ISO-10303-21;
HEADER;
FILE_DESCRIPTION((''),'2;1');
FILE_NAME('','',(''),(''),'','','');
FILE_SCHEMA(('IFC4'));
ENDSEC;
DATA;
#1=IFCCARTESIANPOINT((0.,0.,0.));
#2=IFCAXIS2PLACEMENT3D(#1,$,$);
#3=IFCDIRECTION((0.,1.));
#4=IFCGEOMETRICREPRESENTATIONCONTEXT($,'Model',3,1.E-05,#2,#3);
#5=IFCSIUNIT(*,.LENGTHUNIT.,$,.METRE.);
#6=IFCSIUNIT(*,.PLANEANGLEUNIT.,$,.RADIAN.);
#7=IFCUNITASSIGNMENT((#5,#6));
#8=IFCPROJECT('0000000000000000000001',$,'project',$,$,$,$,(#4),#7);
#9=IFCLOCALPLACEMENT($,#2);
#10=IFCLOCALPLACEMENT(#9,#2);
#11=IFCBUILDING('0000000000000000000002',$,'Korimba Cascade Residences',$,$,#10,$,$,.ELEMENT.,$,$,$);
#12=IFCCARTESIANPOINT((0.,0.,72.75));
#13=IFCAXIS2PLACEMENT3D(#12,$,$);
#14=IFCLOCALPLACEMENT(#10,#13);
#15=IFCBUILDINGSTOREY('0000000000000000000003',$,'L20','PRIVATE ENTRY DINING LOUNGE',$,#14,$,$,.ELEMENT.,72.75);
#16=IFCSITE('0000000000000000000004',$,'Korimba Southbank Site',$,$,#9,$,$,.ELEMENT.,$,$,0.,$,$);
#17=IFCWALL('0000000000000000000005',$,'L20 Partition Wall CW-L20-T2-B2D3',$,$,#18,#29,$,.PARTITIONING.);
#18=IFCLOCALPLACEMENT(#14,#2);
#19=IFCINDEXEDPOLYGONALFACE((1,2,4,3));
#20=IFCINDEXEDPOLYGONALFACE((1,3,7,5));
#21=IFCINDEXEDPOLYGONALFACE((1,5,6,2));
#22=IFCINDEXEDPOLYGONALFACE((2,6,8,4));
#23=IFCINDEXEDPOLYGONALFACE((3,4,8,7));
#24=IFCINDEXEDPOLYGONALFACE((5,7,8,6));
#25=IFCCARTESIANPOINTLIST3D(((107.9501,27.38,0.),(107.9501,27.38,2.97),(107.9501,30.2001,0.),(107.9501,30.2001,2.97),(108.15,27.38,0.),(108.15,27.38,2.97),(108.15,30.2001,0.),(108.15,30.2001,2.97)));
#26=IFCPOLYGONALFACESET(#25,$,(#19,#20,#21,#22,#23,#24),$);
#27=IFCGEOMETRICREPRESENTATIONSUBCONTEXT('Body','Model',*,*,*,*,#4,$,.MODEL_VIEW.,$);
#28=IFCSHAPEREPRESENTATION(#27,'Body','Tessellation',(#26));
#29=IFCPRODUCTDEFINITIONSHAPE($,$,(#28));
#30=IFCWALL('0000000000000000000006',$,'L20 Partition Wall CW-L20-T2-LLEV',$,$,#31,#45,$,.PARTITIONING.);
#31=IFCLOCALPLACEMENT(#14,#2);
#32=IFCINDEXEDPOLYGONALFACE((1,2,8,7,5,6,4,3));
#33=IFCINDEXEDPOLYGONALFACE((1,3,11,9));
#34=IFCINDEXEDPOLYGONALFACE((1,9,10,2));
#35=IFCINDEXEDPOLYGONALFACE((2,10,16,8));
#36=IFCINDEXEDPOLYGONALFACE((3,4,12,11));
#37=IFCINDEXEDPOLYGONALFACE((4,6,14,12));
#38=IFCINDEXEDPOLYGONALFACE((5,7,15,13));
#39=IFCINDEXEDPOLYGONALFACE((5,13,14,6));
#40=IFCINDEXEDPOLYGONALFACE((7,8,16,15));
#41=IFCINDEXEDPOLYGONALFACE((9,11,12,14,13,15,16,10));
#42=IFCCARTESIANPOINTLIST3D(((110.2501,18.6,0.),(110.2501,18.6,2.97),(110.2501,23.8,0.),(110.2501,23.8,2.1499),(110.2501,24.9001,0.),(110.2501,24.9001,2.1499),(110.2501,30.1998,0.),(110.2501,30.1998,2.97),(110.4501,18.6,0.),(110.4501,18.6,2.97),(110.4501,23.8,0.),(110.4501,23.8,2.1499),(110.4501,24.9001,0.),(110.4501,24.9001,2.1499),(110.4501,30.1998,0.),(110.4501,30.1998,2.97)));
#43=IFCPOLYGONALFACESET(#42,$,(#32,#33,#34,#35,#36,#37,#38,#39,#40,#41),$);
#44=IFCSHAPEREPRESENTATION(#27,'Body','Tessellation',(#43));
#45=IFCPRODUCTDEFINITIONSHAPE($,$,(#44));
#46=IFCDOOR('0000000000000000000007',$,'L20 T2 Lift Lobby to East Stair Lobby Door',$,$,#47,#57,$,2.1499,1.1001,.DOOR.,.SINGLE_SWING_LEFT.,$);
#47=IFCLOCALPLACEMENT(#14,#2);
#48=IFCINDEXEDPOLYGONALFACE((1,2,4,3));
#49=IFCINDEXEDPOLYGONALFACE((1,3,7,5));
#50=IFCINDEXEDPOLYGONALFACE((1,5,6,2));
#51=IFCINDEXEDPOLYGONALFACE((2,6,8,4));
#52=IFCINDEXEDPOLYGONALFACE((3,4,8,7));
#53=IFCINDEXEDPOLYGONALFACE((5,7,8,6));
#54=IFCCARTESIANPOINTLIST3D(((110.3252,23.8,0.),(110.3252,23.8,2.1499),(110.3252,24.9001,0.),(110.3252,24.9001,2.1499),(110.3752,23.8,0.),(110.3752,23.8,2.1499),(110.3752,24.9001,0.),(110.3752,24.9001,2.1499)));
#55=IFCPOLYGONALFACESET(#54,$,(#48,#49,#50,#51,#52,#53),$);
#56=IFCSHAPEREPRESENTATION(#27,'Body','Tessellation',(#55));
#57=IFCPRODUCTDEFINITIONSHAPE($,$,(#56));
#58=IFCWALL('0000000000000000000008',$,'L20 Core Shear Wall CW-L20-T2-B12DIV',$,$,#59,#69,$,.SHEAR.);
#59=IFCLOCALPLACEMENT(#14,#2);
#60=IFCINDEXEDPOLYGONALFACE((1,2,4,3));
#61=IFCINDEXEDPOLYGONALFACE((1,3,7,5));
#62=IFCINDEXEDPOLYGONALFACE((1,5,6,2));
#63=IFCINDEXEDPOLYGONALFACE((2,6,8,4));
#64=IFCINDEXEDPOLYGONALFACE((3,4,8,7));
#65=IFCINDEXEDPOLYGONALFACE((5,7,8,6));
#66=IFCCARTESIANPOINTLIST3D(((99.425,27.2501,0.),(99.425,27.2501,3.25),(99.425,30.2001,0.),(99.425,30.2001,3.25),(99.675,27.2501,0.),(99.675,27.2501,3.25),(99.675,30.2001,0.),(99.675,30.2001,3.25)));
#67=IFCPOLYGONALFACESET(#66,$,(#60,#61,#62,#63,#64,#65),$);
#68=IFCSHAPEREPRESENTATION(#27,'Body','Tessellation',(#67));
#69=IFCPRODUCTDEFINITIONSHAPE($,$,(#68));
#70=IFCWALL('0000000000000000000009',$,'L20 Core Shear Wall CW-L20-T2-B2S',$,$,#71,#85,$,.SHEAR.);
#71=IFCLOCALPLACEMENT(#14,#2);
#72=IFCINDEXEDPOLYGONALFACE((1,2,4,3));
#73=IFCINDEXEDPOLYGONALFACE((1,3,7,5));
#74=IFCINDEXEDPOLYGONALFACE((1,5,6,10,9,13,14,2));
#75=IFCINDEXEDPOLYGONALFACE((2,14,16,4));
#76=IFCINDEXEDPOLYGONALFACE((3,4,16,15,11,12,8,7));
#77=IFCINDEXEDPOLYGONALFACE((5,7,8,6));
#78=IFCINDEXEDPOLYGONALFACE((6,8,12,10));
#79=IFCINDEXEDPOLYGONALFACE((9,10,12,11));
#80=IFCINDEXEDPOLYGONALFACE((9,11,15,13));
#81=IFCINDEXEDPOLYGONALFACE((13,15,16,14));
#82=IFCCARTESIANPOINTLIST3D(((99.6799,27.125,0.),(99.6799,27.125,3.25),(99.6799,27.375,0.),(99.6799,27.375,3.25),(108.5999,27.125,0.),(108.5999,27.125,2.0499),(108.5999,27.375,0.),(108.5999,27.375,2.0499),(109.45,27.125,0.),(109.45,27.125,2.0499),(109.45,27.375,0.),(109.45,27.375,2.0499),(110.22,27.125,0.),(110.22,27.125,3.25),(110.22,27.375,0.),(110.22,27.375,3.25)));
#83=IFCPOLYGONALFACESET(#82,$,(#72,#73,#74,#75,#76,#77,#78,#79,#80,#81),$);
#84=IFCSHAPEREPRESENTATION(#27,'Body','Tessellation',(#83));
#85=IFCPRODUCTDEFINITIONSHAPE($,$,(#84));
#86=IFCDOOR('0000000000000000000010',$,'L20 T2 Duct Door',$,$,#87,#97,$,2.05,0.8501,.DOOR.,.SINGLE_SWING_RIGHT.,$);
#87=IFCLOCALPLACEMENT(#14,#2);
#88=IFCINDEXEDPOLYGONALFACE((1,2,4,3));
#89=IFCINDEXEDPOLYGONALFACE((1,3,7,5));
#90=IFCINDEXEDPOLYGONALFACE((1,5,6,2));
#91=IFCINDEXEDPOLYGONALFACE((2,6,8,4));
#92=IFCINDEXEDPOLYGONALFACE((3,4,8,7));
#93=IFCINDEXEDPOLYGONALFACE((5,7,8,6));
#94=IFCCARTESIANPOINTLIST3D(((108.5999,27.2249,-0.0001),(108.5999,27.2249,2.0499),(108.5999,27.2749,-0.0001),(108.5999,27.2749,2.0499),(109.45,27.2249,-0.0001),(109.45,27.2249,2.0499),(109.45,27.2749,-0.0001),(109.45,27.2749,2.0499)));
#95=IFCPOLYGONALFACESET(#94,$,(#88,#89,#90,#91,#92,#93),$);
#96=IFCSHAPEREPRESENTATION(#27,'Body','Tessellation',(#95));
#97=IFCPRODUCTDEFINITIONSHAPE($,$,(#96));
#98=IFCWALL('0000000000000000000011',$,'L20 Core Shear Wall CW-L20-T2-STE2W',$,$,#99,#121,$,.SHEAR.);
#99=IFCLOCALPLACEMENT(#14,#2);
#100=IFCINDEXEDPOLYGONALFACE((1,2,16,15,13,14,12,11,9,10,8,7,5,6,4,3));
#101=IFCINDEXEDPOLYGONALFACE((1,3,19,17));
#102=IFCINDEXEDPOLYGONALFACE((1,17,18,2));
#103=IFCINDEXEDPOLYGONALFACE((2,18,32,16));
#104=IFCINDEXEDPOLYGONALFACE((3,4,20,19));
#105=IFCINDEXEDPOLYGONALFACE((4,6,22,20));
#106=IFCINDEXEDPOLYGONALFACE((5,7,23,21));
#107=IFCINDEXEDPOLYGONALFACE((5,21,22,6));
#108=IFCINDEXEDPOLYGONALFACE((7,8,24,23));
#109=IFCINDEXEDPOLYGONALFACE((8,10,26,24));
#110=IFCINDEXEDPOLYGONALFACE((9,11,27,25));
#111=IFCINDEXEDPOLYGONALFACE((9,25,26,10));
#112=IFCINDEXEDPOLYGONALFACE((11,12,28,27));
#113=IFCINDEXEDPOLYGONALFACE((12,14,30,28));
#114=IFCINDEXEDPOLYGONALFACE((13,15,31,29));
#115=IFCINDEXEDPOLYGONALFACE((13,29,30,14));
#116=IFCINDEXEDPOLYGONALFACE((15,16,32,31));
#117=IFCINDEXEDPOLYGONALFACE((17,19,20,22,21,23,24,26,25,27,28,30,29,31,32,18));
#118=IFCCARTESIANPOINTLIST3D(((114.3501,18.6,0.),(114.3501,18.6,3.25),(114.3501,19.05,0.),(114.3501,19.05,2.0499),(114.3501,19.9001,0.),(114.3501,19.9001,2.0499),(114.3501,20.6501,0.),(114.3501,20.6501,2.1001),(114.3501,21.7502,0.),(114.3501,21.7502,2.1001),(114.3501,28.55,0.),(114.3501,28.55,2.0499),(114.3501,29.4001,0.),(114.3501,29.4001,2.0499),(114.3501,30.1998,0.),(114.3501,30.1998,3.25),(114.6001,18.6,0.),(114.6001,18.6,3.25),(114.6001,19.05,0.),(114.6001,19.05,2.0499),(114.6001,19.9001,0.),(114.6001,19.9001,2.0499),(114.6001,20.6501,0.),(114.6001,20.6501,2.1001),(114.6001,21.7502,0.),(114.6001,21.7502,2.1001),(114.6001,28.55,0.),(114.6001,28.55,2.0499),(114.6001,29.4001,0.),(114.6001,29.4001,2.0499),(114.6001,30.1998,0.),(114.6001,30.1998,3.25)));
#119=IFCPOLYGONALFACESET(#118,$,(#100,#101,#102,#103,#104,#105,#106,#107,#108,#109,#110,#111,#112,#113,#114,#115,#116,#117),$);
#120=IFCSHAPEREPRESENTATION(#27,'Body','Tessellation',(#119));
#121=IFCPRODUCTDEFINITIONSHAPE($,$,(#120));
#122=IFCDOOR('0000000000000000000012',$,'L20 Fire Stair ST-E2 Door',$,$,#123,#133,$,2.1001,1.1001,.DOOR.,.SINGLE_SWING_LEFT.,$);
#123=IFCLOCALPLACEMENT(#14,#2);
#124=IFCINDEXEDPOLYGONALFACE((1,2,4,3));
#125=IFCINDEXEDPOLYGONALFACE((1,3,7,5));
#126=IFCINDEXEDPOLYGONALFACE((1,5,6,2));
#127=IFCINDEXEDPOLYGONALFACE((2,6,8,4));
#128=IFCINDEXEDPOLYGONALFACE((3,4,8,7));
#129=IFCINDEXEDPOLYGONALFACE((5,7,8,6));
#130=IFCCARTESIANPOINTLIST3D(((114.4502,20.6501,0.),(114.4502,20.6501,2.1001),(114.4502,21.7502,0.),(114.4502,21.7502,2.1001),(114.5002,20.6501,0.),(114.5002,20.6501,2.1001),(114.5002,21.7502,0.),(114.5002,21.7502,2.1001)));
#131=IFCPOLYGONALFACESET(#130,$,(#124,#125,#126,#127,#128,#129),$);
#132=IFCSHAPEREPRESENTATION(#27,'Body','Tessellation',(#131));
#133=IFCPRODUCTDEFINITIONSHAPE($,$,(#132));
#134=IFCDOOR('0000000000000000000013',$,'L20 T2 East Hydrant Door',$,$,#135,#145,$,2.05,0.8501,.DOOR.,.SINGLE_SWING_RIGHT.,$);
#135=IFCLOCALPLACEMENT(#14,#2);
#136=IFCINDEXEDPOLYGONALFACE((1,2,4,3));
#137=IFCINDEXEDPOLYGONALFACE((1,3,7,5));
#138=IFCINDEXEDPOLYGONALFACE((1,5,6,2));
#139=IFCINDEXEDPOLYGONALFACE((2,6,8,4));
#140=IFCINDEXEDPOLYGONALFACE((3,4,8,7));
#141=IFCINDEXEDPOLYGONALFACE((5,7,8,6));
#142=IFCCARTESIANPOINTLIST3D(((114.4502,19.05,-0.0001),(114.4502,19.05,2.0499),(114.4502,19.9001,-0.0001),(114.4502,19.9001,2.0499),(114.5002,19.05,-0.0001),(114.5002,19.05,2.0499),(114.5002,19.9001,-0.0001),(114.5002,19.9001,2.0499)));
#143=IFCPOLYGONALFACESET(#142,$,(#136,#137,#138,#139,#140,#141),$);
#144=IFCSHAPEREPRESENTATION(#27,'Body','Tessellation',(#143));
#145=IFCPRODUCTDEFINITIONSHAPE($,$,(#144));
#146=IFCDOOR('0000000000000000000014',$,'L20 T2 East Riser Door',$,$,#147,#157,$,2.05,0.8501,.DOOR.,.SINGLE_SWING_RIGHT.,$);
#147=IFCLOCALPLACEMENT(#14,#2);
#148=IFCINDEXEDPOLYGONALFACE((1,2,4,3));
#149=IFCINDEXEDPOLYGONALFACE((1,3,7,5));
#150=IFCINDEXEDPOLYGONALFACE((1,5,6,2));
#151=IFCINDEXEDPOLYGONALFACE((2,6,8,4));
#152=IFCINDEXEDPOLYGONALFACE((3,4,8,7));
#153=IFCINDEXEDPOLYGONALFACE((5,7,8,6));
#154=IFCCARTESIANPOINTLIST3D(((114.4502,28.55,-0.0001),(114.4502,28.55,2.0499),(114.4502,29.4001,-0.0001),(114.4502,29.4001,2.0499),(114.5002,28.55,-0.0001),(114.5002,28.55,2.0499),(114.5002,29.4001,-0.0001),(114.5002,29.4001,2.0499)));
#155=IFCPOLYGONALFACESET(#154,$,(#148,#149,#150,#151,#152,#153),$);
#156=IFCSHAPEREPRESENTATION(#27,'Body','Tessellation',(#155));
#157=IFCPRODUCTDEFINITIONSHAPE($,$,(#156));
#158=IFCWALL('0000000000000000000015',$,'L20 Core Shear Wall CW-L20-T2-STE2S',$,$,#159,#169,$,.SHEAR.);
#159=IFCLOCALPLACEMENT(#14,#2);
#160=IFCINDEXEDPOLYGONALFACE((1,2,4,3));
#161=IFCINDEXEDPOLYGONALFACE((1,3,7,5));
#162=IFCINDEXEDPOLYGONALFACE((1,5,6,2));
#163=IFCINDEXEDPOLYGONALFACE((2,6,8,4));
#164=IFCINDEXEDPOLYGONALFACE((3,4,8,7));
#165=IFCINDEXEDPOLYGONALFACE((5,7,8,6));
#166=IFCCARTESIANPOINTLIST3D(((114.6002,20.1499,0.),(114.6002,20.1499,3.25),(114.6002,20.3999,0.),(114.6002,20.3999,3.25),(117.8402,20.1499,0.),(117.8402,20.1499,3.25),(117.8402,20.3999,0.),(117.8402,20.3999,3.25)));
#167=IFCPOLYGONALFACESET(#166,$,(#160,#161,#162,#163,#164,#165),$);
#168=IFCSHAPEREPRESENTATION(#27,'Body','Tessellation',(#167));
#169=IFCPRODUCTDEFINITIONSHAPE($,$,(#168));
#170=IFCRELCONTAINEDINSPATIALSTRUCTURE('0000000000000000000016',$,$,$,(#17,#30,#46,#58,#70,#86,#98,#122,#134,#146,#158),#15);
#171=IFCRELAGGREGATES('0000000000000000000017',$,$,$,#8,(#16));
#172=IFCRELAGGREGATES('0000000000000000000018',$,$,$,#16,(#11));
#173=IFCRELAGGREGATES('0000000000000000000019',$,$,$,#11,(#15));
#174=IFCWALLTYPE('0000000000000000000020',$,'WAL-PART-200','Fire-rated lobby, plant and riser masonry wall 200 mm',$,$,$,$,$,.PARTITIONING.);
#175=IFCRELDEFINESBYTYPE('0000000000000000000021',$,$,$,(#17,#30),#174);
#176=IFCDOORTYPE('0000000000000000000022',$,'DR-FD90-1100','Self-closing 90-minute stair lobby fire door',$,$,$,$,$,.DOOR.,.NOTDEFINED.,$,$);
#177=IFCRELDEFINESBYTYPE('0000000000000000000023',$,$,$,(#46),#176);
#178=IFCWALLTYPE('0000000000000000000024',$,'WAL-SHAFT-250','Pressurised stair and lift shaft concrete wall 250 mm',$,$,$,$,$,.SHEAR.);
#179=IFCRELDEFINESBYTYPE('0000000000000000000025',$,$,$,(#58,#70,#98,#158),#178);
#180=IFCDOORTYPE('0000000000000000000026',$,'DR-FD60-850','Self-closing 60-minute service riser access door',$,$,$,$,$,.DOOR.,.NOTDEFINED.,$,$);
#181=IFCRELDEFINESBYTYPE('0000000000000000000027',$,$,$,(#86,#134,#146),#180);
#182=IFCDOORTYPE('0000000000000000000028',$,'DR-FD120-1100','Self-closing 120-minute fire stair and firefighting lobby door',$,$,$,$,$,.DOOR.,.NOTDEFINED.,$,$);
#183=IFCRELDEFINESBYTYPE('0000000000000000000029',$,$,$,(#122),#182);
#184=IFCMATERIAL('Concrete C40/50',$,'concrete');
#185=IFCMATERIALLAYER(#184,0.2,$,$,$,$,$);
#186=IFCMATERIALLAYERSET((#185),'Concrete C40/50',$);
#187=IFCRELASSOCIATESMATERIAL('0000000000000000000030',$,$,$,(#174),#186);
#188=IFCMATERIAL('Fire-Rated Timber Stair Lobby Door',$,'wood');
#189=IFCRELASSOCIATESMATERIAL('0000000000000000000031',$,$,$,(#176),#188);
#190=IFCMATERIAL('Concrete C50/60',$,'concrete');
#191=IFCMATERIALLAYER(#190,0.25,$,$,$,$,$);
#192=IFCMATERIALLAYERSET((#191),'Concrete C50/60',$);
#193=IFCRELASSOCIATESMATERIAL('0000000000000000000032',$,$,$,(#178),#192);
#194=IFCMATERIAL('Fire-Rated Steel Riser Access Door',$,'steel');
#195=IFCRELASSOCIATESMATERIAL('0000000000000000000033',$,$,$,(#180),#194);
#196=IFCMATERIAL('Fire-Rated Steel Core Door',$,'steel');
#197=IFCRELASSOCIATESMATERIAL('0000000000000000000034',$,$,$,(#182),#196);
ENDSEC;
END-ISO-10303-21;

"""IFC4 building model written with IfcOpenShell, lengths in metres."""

from ifc_helpers import new_model, si_unit, direction, frame, frame_2d, origin, place, context, subcontext, project, spatial, rectangle, extrude, material, layer, layer_set, type_object, element, fill, save


model = new_model("IFC4")

# Units and contexts
model_context = context("Model", 3, precision=1e-05, world=origin(), true_north=direction((0.0, 1.0)))
body_context = subcontext(model_context, "Body", "Model", "MODEL_VIEW")
ifc_project = project(units=[si_unit("LENGTHUNIT", "METRE"), si_unit("PLANEANGLEUNIT", "RADIAN")], contexts=[model_context])

# Site, building, storey
site_placement = place(None, origin())
site = spatial("IfcSite", under=ifc_project, at=site_placement, Name="Korimba Southbank Site", CompositionType="ELEMENT", RefElevation=0.0)
building_placement = place(site_placement, origin())
building = spatial("IfcBuilding", under=site, at=building_placement, Name="Korimba Cascade Residences", CompositionType="ELEMENT")
storey_placement = place(building_placement, frame((0.0, 0.0, 72.75)))
storey = spatial("IfcBuildingStorey", under=building, at=storey_placement, Name="L20", Description="PRIVATE ENTRY DINING LOUNGE", CompositionType="ELEMENT", Elevation=72.75)

# Shared definitions
ifc_material_1 = material(Name="Concrete C50/60", Category="concrete")

# Wall
ifc_material_2 = material(Name="Concrete C40/50", Category="concrete")
ifc_layer_1 = layer(ifc_material_2, 0.2)
ifc_layer_set_1 = layer_set([ifc_layer_1], Name="Concrete C40/50")
wall_type_1 = type_object("IfcWallType", Name="WAL-PART-200", Description="Fire-rated lobby, plant and riser masonry wall 200 mm", PredefinedType="PARTITIONING", material=ifc_layer_set_1)
for number, where, z_axis, x_axis, name in (
    (1, (108.05, 27.3799, 0.0), (0.0, 0.0, 1.0), (0.0, 1.0, 0.0), "L20 Partition Wall CW-L20-T2-B2D3"),
):
    element("IfcWall", number, at=place(storey_placement, frame(where, z_axis=z_axis, x_axis=x_axis)), inside=storey, type_object=wall_type_1, Name=name, PredefinedType="PARTITIONING", context=body_context, shape_type="SweptSolid", body=[
        extrude(rectangle(XDim=2.8201, YDim=0.2, at=frame_2d((1.4102, 0.0))), origin(), (0.0, 0.0, 1.0), 2.97),
    ])

# Wall, opening, door
wall_1_placement = place(storey_placement, frame((110.3501, 18.6001, 0.0), z_axis=(0.0, 0.0, 1.0), x_axis=(0.0, 1.0, 0.0)))
wall_1 = element("IfcWall", 2, at=wall_1_placement, inside=storey, type_object=wall_type_1, Name="L20 Partition Wall CW-L20-T2-LLEV", PredefinedType="PARTITIONING", context=body_context, shape_type="SweptSolid", body=[
    extrude(rectangle(XDim=11.5999, YDim=0.2, at=frame_2d((5.7998, 0.0))), origin(), (0.0, 0.0, 1.0), 2.97),
])
opening_1_placement = place(wall_1_placement, frame((5.2, 0.0, 0.0)))
opening_1 = element("IfcOpeningElement", 3, at=opening_1_placement, cuts=wall_1, PredefinedType="OPENING", context=body_context, shape_type="SweptSolid", body=[
    extrude(rectangle(XDim=1.1001, YDim=2.1499, at=frame_2d((0.55, 1.075))), frame((0.0, 0.1099, 0.0), z_axis=(0.0, -1.0, 0.0), x_axis=(1.0, 0.0, 0.0)), (0.0, 0.0, 1.0), 0.22),
])
ifc_material_3 = material(Name="Fire-Rated Timber Stair Lobby Door", Category="wood")
door_type_1 = type_object("IfcDoorType", Name="DR-FD90-1100", Description="Self-closing 90-minute stair lobby fire door", OperationType="NOTDEFINED", PredefinedType="DOOR", material=ifc_material_3)
door_1_placement = place(opening_1_placement, origin())
door_1 = element("IfcDoor", 4, at=door_1_placement, inside=storey, type_object=door_type_1, Name="L20 T2 Lift Lobby to East Stair Lobby Door", OperationType="SINGLE_SWING_LEFT", OverallHeight=2.1499, OverallWidth=1.1001, PredefinedType="DOOR", context=body_context, shape_type="SweptSolid", body=[
    extrude(rectangle(XDim=1.1001, YDim=2.1499, at=frame_2d((0.55, 1.075))), frame((0.0, 0.0249, 0.0), z_axis=(0.0, -1.0, 0.0), x_axis=(1.0, 0.0, 0.0)), (0.0, 0.0, 1.0), 0.05),
])
fill(opening_1, door_1)

# Wall
ifc_layer_2 = layer(ifc_material_1, 0.25)
ifc_layer_set_2 = layer_set([ifc_layer_2], Name="Concrete C50/60")
wall_type_2 = type_object("IfcWallType", Name="WAL-SHAFT-250", Description="Pressurised stair and lift shaft concrete wall 250 mm", PredefinedType="SHEAR", material=ifc_layer_set_2)
wall_2_placement = place(storey_placement, frame((99.55, 27.25, 0.0), z_axis=(0.0, 0.0, 1.0), x_axis=(0.0, 1.0, 0.0)))
element("IfcWall", 5, at=wall_2_placement, inside=storey, type_object=wall_type_2, Name="L20 Core Shear Wall CW-L20-T2-B12DIV", PredefinedType="SHEAR", context=body_context, shape_type="SweptSolid", body=[
    extrude(rectangle(XDim=2.95, YDim=0.25, at=frame_2d((1.4751, 0.0))), origin(), (0.0, 0.0, 1.0), 3.25),
])

# Wall, opening, door
wall_3_placement = place(storey_placement, frame((99.6799, 27.25, 0.0), z_axis=(0.0, 0.0, 1.0), x_axis=(1.0, 0.0, 0.0)))
wall_3 = element("IfcWall", 6, at=wall_3_placement, inside=storey, type_object=wall_type_2, Name="L20 Core Shear Wall CW-L20-T2-B2S", PredefinedType="SHEAR", context=body_context, shape_type="SweptSolid", body=[
    extrude(rectangle(XDim=10.54, YDim=0.25, at=frame_2d((5.27, 0.0))), origin(), (0.0, 0.0, 1.0), 3.25),
])
opening_2_placement = place(wall_3_placement, frame((8.9199, 0.0, 0.0)))
opening_2 = element("IfcOpeningElement", 7, at=opening_2_placement, cuts=wall_3, PredefinedType="OPENING", context=body_context, shape_type="SweptSolid", body=[
    extrude(rectangle(XDim=0.8501, YDim=2.05, at=frame_2d((0.425, 1.0249))), frame((0.0, 0.135, 0.0), z_axis=(0.0, -1.0, 0.0), x_axis=(1.0, 0.0, 0.0)), (0.0, 0.0, 1.0), 0.27),
])
ifc_material_4 = material(Name="Fire-Rated Steel Riser Access Door", Category="steel")
door_type_2 = type_object("IfcDoorType", Name="DR-FD60-850", Description="Self-closing 60-minute service riser access door", OperationType="NOTDEFINED", PredefinedType="DOOR", material=ifc_material_4)
door_2_placement = place(opening_2_placement, origin())
door_2 = element("IfcDoor", 8, at=door_2_placement, inside=storey, type_object=door_type_2, Name="L20 T2 Duct Door", OperationType="SINGLE_SWING_RIGHT", OverallHeight=2.05, OverallWidth=0.8501, PredefinedType="DOOR", context=body_context, shape_type="SweptSolid", body=[
    extrude(rectangle(XDim=0.8501, YDim=2.05, at=frame_2d((0.425, 1.0249))), frame((0.0, 0.0249, 0.0), z_axis=(0.0, -1.0, 0.0), x_axis=(1.0, 0.0, 0.0)), (0.0, 0.0, 1.0), 0.05),
])
fill(opening_2, door_2)

# Wall, openings, doors
wall_4_placement = place(storey_placement, frame((114.4751, 18.6001, 0.0), z_axis=(0.0, 0.0, 1.0), x_axis=(0.0, 1.0, 0.0)))
wall_4 = element("IfcWall", 9, at=wall_4_placement, inside=storey, type_object=wall_type_2, Name="L20 Core Shear Wall CW-L20-T2-STE2W", PredefinedType="SHEAR", context=body_context, shape_type="SweptSolid", body=[
    extrude(rectangle(XDim=11.5999, YDim=0.25, at=frame_2d((5.7998, 0.0))), origin(), (0.0, 0.0, 1.0), 3.25),
])
opening_3_placement = place(wall_4_placement, frame((0.45, 0.0, 0.0)))
opening_3 = element("IfcOpeningElement", 10, at=opening_3_placement, cuts=wall_4, PredefinedType="OPENING", context=body_context, shape_type="SweptSolid", body=[
    extrude(rectangle(XDim=0.8501, YDim=2.05, at=frame_2d((0.425, 1.0249))), frame((0.0, 0.135, 0.0), z_axis=(0.0, -1.0, 0.0), x_axis=(1.0, 0.0, 0.0)), (0.0, 0.0, 1.0), 0.27),
])
opening_4_placement = place(wall_4_placement, frame((2.05, 0.0, 0.0)))
opening_4 = element("IfcOpeningElement", 11, at=opening_4_placement, cuts=wall_4, PredefinedType="OPENING", context=body_context, shape_type="SweptSolid", body=[
    extrude(rectangle(XDim=1.1001, YDim=2.1001, at=frame_2d((0.55, 1.05))), frame((0.0, 0.135, 0.0), z_axis=(0.0, -1.0, 0.0), x_axis=(1.0, 0.0, 0.0)), (0.0, 0.0, 1.0), 0.27),
])
opening_5_placement = place(wall_4_placement, frame((9.95, 0.0, 0.0)))
opening_5 = element("IfcOpeningElement", 12, at=opening_5_placement, cuts=wall_4, PredefinedType="OPENING", context=body_context, shape_type="SweptSolid", body=[
    extrude(rectangle(XDim=0.8501, YDim=2.05, at=frame_2d((0.425, 1.0249))), frame((0.0, 0.135, 0.0), z_axis=(0.0, -1.0, 0.0), x_axis=(1.0, 0.0, 0.0)), (0.0, 0.0, 1.0), 0.27),
])
ifc_material_5 = material(Name="Fire-Rated Steel Core Door", Category="steel")
door_type_3 = type_object("IfcDoorType", Name="DR-FD120-1100", Description="Self-closing 120-minute fire stair and firefighting lobby door", OperationType="NOTDEFINED", PredefinedType="DOOR", material=ifc_material_5)
door_3_placement = place(opening_4_placement, origin())
door_3 = element("IfcDoor", 13, at=door_3_placement, inside=storey, type_object=door_type_3, Name="L20 Fire Stair ST-E2 Door", OperationType="SINGLE_SWING_LEFT", OverallHeight=2.1001, OverallWidth=1.1001, PredefinedType="DOOR", context=body_context, shape_type="SweptSolid", body=[
    extrude(rectangle(XDim=1.1001, YDim=2.1001, at=frame_2d((0.55, 1.05))), frame((0.0, 0.0249, 0.0), z_axis=(0.0, -1.0, 0.0), x_axis=(1.0, 0.0, 0.0)), (0.0, 0.0, 1.0), 0.05),
])
fill(opening_4, door_3)
door_4_placement = place(opening_3_placement, origin())
door_4 = element("IfcDoor", 14, at=door_4_placement, inside=storey, type_object=door_type_2, Name="L20 T2 East Hydrant Door", OperationType="SINGLE_SWING_RIGHT", OverallHeight=2.05, OverallWidth=0.8501, PredefinedType="DOOR", context=body_context, shape_type="SweptSolid", body=[
    extrude(rectangle(XDim=0.8501, YDim=2.05, at=frame_2d((0.425, 1.0249))), frame((0.0, 0.0249, 0.0), z_axis=(0.0, -1.0, 0.0), x_axis=(1.0, 0.0, 0.0)), (0.0, 0.0, 1.0), 0.05),
])
fill(opening_3, door_4)
door_5_placement = place(opening_5_placement, origin())
door_5 = element("IfcDoor", 15, at=door_5_placement, inside=storey, type_object=door_type_2, Name="L20 T2 East Riser Door", OperationType="SINGLE_SWING_RIGHT", OverallHeight=2.05, OverallWidth=0.8501, PredefinedType="DOOR", context=body_context, shape_type="SweptSolid", body=[
    extrude(rectangle(XDim=0.8501, YDim=2.05, at=frame_2d((0.425, 1.0249))), frame((0.0, 0.0249, 0.0), z_axis=(0.0, -1.0, 0.0), x_axis=(1.0, 0.0, 0.0)), (0.0, 0.0, 1.0), 0.05),
])
fill(opening_5, door_5)

# Wall
for number, where, z_axis, x_axis, name in (
    (16, (114.6001, 20.2749, 0.0), (0.0, 0.0, 1.0), (1.0, 0.0, 0.0), "L20 Core Shear Wall CW-L20-T2-STE2S"),
):
    element("IfcWall", number, at=place(storey_placement, frame(where, z_axis=z_axis, x_axis=x_axis)), inside=storey, type_object=wall_type_2, Name=name, PredefinedType="SHEAR", context=body_context, shape_type="SweptSolid", body=[
        extrude(rectangle(XDim=3.24, YDim=0.25, at=frame_2d((1.6201, 0.0))), origin(), (0.0, 0.0, 1.0), 3.25),
    ])

save(model, "model.ifc")
